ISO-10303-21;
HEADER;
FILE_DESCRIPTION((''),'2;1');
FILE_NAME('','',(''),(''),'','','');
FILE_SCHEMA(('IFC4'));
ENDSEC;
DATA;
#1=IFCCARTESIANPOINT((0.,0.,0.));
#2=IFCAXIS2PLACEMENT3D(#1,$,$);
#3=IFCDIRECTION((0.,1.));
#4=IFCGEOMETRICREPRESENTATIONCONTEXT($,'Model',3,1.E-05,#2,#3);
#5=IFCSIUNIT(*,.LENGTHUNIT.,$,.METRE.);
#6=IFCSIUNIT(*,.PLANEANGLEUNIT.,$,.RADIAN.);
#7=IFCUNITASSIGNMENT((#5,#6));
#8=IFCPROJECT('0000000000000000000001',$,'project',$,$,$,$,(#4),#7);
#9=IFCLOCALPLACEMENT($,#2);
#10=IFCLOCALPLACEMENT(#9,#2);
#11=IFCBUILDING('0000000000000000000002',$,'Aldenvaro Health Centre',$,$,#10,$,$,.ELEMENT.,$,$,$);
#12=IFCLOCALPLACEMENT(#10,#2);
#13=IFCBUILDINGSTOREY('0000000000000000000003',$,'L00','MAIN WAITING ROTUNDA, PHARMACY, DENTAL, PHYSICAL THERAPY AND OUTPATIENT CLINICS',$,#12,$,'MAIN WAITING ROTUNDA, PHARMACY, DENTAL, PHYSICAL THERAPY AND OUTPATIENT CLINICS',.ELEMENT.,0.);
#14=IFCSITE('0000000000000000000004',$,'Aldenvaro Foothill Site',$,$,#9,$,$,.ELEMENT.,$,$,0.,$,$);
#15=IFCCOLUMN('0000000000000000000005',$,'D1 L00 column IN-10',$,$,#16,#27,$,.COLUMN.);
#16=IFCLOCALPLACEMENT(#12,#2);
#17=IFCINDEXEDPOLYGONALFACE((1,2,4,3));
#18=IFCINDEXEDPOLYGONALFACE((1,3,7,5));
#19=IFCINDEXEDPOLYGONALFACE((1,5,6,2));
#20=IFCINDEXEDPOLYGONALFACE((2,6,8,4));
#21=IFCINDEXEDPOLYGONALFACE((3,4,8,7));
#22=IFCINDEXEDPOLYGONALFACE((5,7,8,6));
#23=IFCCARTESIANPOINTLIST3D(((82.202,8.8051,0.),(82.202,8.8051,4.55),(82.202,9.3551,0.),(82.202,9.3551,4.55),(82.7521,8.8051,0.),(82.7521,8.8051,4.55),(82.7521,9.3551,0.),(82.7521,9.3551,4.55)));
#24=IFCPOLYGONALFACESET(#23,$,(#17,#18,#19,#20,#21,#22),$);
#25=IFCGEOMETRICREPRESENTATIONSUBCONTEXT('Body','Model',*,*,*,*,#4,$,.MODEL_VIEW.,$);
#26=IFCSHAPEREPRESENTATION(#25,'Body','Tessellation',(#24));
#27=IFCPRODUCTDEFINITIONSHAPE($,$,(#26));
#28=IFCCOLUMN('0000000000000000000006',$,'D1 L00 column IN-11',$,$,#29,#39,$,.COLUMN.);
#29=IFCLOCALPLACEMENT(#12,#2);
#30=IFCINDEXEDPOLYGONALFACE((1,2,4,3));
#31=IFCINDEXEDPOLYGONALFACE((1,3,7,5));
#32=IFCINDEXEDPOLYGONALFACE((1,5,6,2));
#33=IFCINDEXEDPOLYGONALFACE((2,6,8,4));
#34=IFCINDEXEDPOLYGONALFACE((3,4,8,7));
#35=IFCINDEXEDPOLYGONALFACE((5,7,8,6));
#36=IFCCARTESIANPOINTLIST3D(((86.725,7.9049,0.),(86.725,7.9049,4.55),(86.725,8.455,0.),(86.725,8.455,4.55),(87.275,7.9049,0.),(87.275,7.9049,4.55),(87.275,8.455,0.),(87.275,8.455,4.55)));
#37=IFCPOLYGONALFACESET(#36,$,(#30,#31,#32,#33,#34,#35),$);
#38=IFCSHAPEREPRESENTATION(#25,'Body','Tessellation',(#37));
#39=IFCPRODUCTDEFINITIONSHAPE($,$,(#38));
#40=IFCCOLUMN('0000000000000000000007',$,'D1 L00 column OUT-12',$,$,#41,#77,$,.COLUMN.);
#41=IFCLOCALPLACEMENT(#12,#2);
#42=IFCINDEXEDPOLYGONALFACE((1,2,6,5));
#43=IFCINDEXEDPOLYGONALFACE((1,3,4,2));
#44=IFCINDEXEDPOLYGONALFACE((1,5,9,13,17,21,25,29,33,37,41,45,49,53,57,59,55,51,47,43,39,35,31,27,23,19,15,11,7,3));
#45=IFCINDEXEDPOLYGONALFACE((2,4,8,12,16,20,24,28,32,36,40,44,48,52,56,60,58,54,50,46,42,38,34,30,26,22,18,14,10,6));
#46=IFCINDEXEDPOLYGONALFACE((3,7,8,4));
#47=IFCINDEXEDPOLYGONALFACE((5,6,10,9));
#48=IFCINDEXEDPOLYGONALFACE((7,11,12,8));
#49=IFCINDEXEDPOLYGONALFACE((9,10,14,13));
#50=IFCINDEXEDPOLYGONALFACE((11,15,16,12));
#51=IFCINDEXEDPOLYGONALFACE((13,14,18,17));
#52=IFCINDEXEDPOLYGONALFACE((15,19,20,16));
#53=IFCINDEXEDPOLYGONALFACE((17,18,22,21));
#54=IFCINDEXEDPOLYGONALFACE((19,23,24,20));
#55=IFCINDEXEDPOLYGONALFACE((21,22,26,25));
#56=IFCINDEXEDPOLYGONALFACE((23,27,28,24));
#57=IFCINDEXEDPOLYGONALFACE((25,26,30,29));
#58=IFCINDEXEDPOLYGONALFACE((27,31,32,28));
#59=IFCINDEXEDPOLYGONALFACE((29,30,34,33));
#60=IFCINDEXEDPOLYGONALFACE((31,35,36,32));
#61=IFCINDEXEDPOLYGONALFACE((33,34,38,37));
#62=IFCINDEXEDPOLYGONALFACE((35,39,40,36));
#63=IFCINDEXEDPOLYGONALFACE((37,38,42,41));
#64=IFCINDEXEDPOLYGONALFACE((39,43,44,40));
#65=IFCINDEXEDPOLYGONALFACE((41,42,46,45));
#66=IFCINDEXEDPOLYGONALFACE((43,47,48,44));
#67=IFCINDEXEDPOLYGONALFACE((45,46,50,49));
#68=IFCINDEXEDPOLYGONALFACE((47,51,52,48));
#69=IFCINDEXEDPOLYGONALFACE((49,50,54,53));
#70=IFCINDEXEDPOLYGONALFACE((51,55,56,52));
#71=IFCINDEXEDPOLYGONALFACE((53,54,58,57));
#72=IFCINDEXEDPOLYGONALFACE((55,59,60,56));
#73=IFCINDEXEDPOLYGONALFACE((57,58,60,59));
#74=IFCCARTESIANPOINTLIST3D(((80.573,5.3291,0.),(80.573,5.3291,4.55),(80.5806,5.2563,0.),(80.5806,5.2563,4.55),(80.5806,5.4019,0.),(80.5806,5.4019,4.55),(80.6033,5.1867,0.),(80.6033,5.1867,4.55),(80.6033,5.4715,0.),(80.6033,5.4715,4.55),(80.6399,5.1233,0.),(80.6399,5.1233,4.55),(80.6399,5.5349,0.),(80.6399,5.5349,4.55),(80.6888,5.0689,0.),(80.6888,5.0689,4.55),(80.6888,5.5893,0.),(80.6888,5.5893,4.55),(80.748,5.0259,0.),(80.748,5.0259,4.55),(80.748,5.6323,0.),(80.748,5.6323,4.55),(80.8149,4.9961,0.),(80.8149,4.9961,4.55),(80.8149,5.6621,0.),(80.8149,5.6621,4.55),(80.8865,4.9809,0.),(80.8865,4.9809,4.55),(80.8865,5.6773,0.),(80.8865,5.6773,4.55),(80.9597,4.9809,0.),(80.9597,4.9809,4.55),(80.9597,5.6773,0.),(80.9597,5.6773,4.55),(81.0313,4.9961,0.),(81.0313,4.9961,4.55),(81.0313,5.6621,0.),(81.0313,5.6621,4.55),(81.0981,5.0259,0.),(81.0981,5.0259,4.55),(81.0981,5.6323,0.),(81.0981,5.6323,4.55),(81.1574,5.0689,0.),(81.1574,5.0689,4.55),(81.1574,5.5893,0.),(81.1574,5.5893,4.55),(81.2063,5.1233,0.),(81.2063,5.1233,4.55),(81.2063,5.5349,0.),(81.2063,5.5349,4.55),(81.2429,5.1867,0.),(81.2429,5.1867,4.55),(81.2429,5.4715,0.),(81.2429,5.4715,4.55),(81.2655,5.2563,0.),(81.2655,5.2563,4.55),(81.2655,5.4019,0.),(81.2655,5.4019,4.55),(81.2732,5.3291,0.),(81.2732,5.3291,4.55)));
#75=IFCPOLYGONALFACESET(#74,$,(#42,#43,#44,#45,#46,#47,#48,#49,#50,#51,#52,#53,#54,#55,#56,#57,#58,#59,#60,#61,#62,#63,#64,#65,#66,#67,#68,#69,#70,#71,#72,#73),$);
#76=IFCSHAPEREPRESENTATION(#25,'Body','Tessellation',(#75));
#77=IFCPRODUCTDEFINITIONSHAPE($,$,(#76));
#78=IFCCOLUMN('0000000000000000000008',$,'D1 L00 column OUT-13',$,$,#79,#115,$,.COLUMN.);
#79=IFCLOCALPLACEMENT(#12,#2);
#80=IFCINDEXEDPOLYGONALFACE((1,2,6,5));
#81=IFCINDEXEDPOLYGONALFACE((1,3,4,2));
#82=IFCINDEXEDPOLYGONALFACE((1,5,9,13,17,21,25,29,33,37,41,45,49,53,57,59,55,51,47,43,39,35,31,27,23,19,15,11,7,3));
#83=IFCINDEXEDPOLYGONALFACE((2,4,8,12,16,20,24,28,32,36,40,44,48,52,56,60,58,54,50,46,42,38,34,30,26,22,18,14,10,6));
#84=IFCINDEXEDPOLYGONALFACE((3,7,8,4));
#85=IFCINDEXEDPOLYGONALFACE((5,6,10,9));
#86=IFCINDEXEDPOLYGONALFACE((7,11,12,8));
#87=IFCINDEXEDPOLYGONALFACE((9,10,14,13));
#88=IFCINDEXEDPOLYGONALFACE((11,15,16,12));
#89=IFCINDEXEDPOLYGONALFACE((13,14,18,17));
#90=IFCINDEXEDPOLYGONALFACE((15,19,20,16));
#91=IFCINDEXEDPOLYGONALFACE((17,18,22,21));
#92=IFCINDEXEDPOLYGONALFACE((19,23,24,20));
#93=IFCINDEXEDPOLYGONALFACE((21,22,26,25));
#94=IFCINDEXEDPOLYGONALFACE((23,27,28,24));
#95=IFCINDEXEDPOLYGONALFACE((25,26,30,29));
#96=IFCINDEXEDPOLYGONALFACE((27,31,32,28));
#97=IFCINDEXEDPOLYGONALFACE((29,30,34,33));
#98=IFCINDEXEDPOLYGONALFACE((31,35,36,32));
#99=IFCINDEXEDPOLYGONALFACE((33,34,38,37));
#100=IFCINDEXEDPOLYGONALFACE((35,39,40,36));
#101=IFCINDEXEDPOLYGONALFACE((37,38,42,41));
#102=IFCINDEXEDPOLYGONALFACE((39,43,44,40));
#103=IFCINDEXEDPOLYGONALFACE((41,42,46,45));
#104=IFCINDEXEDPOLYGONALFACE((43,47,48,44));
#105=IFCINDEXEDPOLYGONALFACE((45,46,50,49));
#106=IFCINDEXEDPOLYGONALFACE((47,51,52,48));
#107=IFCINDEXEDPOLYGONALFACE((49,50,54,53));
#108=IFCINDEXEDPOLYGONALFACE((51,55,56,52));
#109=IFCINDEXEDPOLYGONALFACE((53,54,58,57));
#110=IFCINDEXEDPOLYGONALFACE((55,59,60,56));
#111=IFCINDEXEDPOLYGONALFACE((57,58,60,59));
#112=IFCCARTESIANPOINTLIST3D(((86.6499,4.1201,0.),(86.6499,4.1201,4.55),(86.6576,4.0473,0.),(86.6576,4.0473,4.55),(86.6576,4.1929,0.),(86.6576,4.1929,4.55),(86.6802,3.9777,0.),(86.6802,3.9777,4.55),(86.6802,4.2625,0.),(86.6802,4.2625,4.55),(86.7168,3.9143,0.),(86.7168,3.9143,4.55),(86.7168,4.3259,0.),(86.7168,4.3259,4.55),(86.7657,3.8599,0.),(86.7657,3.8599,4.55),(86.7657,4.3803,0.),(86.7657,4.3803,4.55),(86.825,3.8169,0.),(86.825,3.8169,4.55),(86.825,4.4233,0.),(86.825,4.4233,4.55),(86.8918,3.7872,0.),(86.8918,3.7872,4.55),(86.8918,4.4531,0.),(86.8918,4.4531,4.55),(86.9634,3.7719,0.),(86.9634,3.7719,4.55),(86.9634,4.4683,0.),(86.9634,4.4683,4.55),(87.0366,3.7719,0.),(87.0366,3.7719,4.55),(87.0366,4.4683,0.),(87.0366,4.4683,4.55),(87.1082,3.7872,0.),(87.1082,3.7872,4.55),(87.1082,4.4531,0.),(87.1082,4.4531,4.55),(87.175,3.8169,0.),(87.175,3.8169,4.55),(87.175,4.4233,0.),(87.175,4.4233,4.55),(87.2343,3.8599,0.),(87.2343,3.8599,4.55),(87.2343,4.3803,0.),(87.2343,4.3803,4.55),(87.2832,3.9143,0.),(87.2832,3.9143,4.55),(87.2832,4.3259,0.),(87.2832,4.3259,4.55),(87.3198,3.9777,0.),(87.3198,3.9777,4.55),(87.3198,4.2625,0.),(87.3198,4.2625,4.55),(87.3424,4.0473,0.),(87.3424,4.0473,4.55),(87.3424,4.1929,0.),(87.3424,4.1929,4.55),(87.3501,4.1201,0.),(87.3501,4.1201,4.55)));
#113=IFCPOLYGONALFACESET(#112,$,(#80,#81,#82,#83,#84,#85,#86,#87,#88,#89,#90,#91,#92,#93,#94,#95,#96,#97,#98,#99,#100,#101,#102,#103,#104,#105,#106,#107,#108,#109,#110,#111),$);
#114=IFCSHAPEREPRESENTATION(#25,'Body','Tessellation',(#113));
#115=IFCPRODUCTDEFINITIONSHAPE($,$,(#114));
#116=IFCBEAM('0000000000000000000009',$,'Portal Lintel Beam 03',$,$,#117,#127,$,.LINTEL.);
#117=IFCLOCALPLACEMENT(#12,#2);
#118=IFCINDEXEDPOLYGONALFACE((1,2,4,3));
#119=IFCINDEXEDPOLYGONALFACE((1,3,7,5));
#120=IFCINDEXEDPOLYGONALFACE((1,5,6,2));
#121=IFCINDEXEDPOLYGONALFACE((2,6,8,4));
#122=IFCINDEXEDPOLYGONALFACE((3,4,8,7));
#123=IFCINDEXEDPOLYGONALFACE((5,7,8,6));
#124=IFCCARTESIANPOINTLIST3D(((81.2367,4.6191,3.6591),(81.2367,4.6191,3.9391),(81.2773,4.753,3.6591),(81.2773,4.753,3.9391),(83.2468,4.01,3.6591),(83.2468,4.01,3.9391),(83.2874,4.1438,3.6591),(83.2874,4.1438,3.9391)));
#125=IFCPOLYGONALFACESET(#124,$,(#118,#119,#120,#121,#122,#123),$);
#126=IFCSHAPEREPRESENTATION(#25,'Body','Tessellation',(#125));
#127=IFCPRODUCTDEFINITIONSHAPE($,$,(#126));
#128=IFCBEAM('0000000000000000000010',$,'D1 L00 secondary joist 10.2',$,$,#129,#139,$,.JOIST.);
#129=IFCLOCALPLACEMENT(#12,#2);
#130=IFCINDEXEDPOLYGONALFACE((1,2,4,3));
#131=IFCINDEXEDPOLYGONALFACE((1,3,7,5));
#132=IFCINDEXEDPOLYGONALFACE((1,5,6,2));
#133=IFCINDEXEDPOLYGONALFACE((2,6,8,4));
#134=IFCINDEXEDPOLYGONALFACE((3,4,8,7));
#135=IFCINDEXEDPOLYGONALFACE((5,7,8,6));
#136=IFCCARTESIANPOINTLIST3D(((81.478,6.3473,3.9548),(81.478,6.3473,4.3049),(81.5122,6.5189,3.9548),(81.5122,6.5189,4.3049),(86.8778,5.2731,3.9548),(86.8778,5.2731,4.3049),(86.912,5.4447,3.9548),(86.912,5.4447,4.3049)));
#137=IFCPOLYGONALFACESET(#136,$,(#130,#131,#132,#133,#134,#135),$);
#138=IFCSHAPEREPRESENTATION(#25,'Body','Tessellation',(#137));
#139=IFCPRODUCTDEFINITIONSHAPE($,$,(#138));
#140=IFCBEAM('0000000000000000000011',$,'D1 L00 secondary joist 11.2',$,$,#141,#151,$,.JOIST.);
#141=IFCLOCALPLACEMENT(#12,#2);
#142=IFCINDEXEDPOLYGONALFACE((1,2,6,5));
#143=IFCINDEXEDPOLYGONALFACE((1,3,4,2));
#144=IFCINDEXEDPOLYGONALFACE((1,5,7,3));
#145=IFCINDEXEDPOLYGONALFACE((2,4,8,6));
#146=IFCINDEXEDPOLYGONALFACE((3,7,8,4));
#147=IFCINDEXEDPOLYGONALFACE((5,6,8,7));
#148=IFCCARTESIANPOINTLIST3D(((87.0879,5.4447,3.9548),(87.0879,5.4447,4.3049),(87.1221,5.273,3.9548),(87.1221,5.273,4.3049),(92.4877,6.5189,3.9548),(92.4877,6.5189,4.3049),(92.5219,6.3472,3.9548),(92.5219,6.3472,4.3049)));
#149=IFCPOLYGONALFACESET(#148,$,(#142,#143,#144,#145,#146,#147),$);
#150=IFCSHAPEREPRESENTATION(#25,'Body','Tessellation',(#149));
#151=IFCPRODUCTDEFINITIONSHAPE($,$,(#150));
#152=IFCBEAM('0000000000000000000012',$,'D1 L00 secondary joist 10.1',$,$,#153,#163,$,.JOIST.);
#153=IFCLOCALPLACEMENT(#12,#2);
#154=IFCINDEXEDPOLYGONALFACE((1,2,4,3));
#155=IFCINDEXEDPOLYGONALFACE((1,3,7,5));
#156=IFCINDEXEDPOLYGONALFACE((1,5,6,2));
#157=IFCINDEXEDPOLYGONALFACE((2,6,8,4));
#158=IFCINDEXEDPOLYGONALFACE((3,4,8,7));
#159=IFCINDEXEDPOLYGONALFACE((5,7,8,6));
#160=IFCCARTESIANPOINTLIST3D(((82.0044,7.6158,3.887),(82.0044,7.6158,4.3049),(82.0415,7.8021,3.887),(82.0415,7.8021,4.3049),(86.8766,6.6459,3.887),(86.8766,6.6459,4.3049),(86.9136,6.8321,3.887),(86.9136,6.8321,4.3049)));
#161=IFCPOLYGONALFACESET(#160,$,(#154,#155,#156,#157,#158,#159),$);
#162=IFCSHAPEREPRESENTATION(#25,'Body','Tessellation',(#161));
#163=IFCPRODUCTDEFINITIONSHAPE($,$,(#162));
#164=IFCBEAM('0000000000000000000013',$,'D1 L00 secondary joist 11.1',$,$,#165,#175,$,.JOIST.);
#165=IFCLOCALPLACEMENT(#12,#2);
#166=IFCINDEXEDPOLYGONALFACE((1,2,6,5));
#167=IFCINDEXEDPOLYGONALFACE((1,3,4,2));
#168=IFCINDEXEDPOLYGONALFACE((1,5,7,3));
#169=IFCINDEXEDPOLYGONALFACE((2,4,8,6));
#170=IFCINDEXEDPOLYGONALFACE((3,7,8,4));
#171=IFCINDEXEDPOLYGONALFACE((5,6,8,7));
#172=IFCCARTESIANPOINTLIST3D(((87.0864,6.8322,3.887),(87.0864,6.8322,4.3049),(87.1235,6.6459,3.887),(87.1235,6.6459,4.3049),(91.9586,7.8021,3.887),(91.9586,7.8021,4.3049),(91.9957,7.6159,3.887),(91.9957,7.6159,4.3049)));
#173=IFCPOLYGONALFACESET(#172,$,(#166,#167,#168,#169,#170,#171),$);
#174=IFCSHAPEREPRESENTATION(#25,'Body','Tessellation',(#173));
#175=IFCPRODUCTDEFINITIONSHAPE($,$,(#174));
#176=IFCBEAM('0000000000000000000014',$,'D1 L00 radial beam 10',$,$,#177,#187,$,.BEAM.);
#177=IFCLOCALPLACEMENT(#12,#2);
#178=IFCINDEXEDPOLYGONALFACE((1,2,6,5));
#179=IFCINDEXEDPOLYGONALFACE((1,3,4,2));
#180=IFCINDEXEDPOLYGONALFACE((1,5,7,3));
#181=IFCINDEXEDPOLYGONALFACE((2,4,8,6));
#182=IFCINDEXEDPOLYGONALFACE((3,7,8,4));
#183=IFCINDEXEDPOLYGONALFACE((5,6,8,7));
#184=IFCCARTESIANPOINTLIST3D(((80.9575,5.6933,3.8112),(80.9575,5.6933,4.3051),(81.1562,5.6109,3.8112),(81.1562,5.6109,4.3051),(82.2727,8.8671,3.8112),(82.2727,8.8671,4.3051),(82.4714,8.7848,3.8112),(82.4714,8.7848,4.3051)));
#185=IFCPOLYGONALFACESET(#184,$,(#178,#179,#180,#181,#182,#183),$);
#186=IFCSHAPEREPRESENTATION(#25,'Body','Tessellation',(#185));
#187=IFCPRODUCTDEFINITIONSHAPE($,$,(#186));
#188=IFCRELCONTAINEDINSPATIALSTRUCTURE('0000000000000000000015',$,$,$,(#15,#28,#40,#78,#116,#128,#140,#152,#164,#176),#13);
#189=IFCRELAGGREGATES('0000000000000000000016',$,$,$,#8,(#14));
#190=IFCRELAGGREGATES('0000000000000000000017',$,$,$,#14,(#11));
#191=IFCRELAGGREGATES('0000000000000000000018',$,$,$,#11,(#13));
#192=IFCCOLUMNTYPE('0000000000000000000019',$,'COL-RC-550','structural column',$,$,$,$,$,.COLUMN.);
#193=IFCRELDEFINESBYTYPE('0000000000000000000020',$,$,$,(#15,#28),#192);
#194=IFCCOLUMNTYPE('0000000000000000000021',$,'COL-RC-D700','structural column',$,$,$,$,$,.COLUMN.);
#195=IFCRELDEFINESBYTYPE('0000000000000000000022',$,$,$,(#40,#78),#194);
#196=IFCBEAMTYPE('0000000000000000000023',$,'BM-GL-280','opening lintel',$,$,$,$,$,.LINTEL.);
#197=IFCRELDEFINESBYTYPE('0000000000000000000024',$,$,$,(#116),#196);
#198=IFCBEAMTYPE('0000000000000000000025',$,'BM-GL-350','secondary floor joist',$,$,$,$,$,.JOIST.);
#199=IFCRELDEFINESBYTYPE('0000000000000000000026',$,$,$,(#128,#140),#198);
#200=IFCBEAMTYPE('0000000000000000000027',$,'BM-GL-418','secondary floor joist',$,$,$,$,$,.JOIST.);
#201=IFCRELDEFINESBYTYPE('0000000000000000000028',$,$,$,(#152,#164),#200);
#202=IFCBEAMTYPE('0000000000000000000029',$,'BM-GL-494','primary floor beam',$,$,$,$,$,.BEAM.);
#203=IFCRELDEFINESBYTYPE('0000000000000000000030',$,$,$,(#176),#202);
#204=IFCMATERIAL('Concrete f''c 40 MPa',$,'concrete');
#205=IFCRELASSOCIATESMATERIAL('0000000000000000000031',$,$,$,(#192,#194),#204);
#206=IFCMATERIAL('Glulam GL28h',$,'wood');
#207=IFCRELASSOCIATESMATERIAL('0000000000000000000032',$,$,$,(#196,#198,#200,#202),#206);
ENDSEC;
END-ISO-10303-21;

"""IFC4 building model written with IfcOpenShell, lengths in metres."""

from ifc_helpers import new_model, si_unit, direction, frame, origin, origin_2d, place, context, subcontext, project, spatial, rectangle, circle, extrude, material, material_profile, profile_set, type_object, element, save


model = new_model("IFC4")

# Units and contexts
model_context = context("Model", 3, precision=1e-05, world=origin(), true_north=direction((0.0, 1.0)))
body_context = subcontext(model_context, "Body", "Model", "MODEL_VIEW")
ifc_project = project(units=[si_unit("LENGTHUNIT", "METRE"), si_unit("PLANEANGLEUNIT", "RADIAN")], contexts=[model_context])

# Site, building, storey
site_placement = place(None, origin())
site = spatial("IfcSite", under=ifc_project, at=site_placement, Name="Aldenvaro Foothill Site", CompositionType="ELEMENT", RefElevation=0.0)
building_placement = place(site_placement, origin())
building = spatial("IfcBuilding", under=site, at=building_placement, Name="Aldenvaro Health Centre", CompositionType="ELEMENT")
storey_placement = place(building_placement, origin())
storey = spatial("IfcBuildingStorey", under=building, at=storey_placement, Name="L00", Description="MAIN WAITING ROTUNDA, PHARMACY, DENTAL, PHYSICAL THERAPY AND OUTPATIENT CLINICS", LongName="MAIN WAITING ROTUNDA, PHARMACY, DENTAL, PHYSICAL THERAPY AND OUTPATIENT CLINICS", CompositionType="ELEMENT", Elevation=0.0)

# Columns
ifc_material_1 = material(Name="Concrete f'c 40 MPa", Category="concrete")
ifc_material_profile_1 = material_profile(ifc_material_1, rectangle(XDim=0.55, YDim=0.55, at=origin_2d()), Name="RC 550x550", Category="concrete")
ifc_profile_set_1 = profile_set([ifc_material_profile_1], Name="Concrete f'c 40 MPa")
column_type_1 = type_object("IfcColumnType", Name="COL-RC-550", Description="structural column", PredefinedType="COLUMN", material=ifc_profile_set_1)
for number, where, z_axis, x_axis, name in (
    (1, (82.4771, 9.0801, 0.0), (0.0, 0.0, 1.0), (1.0, 0.0, 0.0), "D1 L00 column IN-10"),
    (2, (87.0, 8.1799, 0.0), (0.0, 0.0, 1.0), (1.0, 0.0, 0.0), "D1 L00 column IN-11"),
):
    element("IfcColumn", number, at=place(storey_placement, frame(where, z_axis=z_axis, x_axis=x_axis)), inside=storey, type_object=column_type_1, Name=name, PredefinedType="COLUMN", context=body_context, shape_type="SweptSolid", body=[
        extrude(rectangle(XDim=0.55, YDim=0.55, at=origin_2d()), origin(), (0.0, 0.0, 1.0), 4.55),
    ])
ifc_material_profile_2 = material_profile(ifc_material_1, circle(Radius=0.3501, at=origin_2d()), Name="RC D700", Category="concrete")
ifc_profile_set_2 = profile_set([ifc_material_profile_2], Name="Concrete f'c 40 MPa")
column_type_2 = type_object("IfcColumnType", Name="COL-RC-D700", Description="structural column", PredefinedType="COLUMN", material=ifc_profile_set_2)
for number, where, z_axis, x_axis, name in (
    (3, (80.9231, 5.3291, 0.0), (0.0, 0.0, 1.0), (1.0, 0.0, 0.0), "D1 L00 column OUT-12"),
    (4, (87.0, 4.1201, 0.0), (0.0, 0.0, 1.0), (1.0, 0.0, 0.0), "D1 L00 column OUT-13"),
):
    element("IfcColumn", number, at=place(storey_placement, frame(where, z_axis=z_axis, x_axis=x_axis)), inside=storey, type_object=column_type_2, Name=name, PredefinedType="COLUMN", context=body_context, shape_type="SweptSolid", body=[
        extrude(circle(Radius=0.3501, at=origin_2d()), origin(), (0.0, 0.0, 1.0), 4.55),
    ])

# Beams
ifc_material_2 = material(Name="Glulam GL28h", Category="wood")
ifc_material_profile_3 = material_profile(ifc_material_2, rectangle(XDim=0.1399, YDim=0.28, at=origin_2d()), Name="GL 140x280", Category="wood")
ifc_profile_set_3 = profile_set([ifc_material_profile_3], Name="Glulam GL28h")
beam_type_1 = type_object("IfcBeamType", Name="BM-GL-280", Description="opening lintel", PredefinedType="LINTEL", material=ifc_profile_set_3)
beam_1_placement = place(storey_placement, frame((83.2671, 4.0769, 3.7991), z_axis=(-0.95702, 0.290024, 0.0), x_axis=(-0.290024, -0.95702, 0.0)))
element("IfcBeam", 5, at=beam_1_placement, inside=storey, type_object=beam_type_1, Name="Portal Lintel Beam 03", PredefinedType="LINTEL", context=body_context, shape_type="SweptSolid", body=[
    extrude(rectangle(XDim=0.1399, YDim=0.28, at=origin_2d()), origin(), (0.0, 0.0, 1.0), 2.1003),
])
ifc_material_profile_4 = material_profile(ifc_material_2, rectangle(XDim=0.175, YDim=0.3501, at=origin_2d()), Name="GL 175x350", Category="wood")
ifc_profile_set_4 = profile_set([ifc_material_profile_4], Name="Glulam GL28h")
beam_type_2 = type_object("IfcBeamType", Name="BM-GL-350", Description="secondary floor joist", PredefinedType="JOIST", material=ifc_profile_set_4)
for number, where, z_axis, x_axis, name in (
    (6, (81.4951, 6.4331, 4.1299), (0.980781, -0.19511, 0.0), (0.19511, 0.980781, 0.0), "D1 L00 secondary joist 10.2"),
    (7, (87.105, 5.3589, 4.1299), (0.980781, 0.19511, 0.0), (-0.19511, 0.980781, 0.0), "D1 L00 secondary joist 11.2"),
):
    element("IfcBeam", number, at=place(storey_placement, frame(where, z_axis=z_axis, x_axis=x_axis)), inside=storey, type_object=beam_type_2, Name=name, PredefinedType="JOIST", context=body_context, shape_type="SweptSolid", body=[
        extrude(rectangle(XDim=0.175, YDim=0.3501, at=origin_2d()), origin(), (0.0, 0.0, 1.0), 5.5056),
    ])
ifc_material_profile_5 = material_profile(ifc_material_2, rectangle(XDim=0.1899, YDim=0.418, at=origin_2d()), Name="GL 190x418", Category="wood")
ifc_profile_set_5 = profile_set([ifc_material_profile_5], Name="Glulam GL28h")
beam_type_3 = type_object("IfcBeamType", Name="BM-GL-418", Description="secondary floor joist", PredefinedType="JOIST", material=ifc_profile_set_5)
for number, where, z_axis, x_axis, name in (
    (8, (82.0229, 7.709, 4.0959), (0.980752, -0.195256, 0.0), (0.195256, 0.980752, 0.0), "D1 L00 secondary joist 10.1"),
    (9, (87.105, 6.739, 4.0959), (0.980752, 0.195256, 0.0), (-0.195256, 0.980752, 0.0), "D1 L00 secondary joist 11.1"),
):
    element("IfcBeam", number, at=place(storey_placement, frame(where, z_axis=z_axis, x_axis=x_axis)), inside=storey, type_object=beam_type_3, Name=name, PredefinedType="JOIST", context=body_context, shape_type="SweptSolid", body=[
        extrude(rectangle(XDim=0.1899, YDim=0.418, at=origin_2d()), origin(), (0.0, 0.0, 1.0), 4.9678),
    ])
ifc_material_profile_6 = material_profile(ifc_material_2, rectangle(XDim=0.2151, YDim=0.4939, at=origin_2d()), Name="GL 215x494", Category="wood")
ifc_profile_set_6 = profile_set([ifc_material_profile_6], Name="Glulam GL28h")
beam_type_4 = type_object("IfcBeamType", Name="BM-GL-494", Description="primary floor beam", PredefinedType="BEAM", material=ifc_profile_set_6)
beam_2_placement = place(storey_placement, frame((82.3721, 8.8259, 4.0581), z_axis=(-0.382818, -0.923824, 0.0), x_axis=(0.923824, -0.382818, 0.0)))
element("IfcBeam", 10, at=beam_2_placement, inside=storey, type_object=beam_type_4, Name="D1 L00 radial beam 10", PredefinedType="BEAM", context=body_context, shape_type="SweptSolid", body=[
    extrude(rectangle(XDim=0.2151, YDim=0.4939, at=origin_2d()), origin(), (0.0, 0.0, 1.0), 3.4355),
])

save(model, "model.ifc")
